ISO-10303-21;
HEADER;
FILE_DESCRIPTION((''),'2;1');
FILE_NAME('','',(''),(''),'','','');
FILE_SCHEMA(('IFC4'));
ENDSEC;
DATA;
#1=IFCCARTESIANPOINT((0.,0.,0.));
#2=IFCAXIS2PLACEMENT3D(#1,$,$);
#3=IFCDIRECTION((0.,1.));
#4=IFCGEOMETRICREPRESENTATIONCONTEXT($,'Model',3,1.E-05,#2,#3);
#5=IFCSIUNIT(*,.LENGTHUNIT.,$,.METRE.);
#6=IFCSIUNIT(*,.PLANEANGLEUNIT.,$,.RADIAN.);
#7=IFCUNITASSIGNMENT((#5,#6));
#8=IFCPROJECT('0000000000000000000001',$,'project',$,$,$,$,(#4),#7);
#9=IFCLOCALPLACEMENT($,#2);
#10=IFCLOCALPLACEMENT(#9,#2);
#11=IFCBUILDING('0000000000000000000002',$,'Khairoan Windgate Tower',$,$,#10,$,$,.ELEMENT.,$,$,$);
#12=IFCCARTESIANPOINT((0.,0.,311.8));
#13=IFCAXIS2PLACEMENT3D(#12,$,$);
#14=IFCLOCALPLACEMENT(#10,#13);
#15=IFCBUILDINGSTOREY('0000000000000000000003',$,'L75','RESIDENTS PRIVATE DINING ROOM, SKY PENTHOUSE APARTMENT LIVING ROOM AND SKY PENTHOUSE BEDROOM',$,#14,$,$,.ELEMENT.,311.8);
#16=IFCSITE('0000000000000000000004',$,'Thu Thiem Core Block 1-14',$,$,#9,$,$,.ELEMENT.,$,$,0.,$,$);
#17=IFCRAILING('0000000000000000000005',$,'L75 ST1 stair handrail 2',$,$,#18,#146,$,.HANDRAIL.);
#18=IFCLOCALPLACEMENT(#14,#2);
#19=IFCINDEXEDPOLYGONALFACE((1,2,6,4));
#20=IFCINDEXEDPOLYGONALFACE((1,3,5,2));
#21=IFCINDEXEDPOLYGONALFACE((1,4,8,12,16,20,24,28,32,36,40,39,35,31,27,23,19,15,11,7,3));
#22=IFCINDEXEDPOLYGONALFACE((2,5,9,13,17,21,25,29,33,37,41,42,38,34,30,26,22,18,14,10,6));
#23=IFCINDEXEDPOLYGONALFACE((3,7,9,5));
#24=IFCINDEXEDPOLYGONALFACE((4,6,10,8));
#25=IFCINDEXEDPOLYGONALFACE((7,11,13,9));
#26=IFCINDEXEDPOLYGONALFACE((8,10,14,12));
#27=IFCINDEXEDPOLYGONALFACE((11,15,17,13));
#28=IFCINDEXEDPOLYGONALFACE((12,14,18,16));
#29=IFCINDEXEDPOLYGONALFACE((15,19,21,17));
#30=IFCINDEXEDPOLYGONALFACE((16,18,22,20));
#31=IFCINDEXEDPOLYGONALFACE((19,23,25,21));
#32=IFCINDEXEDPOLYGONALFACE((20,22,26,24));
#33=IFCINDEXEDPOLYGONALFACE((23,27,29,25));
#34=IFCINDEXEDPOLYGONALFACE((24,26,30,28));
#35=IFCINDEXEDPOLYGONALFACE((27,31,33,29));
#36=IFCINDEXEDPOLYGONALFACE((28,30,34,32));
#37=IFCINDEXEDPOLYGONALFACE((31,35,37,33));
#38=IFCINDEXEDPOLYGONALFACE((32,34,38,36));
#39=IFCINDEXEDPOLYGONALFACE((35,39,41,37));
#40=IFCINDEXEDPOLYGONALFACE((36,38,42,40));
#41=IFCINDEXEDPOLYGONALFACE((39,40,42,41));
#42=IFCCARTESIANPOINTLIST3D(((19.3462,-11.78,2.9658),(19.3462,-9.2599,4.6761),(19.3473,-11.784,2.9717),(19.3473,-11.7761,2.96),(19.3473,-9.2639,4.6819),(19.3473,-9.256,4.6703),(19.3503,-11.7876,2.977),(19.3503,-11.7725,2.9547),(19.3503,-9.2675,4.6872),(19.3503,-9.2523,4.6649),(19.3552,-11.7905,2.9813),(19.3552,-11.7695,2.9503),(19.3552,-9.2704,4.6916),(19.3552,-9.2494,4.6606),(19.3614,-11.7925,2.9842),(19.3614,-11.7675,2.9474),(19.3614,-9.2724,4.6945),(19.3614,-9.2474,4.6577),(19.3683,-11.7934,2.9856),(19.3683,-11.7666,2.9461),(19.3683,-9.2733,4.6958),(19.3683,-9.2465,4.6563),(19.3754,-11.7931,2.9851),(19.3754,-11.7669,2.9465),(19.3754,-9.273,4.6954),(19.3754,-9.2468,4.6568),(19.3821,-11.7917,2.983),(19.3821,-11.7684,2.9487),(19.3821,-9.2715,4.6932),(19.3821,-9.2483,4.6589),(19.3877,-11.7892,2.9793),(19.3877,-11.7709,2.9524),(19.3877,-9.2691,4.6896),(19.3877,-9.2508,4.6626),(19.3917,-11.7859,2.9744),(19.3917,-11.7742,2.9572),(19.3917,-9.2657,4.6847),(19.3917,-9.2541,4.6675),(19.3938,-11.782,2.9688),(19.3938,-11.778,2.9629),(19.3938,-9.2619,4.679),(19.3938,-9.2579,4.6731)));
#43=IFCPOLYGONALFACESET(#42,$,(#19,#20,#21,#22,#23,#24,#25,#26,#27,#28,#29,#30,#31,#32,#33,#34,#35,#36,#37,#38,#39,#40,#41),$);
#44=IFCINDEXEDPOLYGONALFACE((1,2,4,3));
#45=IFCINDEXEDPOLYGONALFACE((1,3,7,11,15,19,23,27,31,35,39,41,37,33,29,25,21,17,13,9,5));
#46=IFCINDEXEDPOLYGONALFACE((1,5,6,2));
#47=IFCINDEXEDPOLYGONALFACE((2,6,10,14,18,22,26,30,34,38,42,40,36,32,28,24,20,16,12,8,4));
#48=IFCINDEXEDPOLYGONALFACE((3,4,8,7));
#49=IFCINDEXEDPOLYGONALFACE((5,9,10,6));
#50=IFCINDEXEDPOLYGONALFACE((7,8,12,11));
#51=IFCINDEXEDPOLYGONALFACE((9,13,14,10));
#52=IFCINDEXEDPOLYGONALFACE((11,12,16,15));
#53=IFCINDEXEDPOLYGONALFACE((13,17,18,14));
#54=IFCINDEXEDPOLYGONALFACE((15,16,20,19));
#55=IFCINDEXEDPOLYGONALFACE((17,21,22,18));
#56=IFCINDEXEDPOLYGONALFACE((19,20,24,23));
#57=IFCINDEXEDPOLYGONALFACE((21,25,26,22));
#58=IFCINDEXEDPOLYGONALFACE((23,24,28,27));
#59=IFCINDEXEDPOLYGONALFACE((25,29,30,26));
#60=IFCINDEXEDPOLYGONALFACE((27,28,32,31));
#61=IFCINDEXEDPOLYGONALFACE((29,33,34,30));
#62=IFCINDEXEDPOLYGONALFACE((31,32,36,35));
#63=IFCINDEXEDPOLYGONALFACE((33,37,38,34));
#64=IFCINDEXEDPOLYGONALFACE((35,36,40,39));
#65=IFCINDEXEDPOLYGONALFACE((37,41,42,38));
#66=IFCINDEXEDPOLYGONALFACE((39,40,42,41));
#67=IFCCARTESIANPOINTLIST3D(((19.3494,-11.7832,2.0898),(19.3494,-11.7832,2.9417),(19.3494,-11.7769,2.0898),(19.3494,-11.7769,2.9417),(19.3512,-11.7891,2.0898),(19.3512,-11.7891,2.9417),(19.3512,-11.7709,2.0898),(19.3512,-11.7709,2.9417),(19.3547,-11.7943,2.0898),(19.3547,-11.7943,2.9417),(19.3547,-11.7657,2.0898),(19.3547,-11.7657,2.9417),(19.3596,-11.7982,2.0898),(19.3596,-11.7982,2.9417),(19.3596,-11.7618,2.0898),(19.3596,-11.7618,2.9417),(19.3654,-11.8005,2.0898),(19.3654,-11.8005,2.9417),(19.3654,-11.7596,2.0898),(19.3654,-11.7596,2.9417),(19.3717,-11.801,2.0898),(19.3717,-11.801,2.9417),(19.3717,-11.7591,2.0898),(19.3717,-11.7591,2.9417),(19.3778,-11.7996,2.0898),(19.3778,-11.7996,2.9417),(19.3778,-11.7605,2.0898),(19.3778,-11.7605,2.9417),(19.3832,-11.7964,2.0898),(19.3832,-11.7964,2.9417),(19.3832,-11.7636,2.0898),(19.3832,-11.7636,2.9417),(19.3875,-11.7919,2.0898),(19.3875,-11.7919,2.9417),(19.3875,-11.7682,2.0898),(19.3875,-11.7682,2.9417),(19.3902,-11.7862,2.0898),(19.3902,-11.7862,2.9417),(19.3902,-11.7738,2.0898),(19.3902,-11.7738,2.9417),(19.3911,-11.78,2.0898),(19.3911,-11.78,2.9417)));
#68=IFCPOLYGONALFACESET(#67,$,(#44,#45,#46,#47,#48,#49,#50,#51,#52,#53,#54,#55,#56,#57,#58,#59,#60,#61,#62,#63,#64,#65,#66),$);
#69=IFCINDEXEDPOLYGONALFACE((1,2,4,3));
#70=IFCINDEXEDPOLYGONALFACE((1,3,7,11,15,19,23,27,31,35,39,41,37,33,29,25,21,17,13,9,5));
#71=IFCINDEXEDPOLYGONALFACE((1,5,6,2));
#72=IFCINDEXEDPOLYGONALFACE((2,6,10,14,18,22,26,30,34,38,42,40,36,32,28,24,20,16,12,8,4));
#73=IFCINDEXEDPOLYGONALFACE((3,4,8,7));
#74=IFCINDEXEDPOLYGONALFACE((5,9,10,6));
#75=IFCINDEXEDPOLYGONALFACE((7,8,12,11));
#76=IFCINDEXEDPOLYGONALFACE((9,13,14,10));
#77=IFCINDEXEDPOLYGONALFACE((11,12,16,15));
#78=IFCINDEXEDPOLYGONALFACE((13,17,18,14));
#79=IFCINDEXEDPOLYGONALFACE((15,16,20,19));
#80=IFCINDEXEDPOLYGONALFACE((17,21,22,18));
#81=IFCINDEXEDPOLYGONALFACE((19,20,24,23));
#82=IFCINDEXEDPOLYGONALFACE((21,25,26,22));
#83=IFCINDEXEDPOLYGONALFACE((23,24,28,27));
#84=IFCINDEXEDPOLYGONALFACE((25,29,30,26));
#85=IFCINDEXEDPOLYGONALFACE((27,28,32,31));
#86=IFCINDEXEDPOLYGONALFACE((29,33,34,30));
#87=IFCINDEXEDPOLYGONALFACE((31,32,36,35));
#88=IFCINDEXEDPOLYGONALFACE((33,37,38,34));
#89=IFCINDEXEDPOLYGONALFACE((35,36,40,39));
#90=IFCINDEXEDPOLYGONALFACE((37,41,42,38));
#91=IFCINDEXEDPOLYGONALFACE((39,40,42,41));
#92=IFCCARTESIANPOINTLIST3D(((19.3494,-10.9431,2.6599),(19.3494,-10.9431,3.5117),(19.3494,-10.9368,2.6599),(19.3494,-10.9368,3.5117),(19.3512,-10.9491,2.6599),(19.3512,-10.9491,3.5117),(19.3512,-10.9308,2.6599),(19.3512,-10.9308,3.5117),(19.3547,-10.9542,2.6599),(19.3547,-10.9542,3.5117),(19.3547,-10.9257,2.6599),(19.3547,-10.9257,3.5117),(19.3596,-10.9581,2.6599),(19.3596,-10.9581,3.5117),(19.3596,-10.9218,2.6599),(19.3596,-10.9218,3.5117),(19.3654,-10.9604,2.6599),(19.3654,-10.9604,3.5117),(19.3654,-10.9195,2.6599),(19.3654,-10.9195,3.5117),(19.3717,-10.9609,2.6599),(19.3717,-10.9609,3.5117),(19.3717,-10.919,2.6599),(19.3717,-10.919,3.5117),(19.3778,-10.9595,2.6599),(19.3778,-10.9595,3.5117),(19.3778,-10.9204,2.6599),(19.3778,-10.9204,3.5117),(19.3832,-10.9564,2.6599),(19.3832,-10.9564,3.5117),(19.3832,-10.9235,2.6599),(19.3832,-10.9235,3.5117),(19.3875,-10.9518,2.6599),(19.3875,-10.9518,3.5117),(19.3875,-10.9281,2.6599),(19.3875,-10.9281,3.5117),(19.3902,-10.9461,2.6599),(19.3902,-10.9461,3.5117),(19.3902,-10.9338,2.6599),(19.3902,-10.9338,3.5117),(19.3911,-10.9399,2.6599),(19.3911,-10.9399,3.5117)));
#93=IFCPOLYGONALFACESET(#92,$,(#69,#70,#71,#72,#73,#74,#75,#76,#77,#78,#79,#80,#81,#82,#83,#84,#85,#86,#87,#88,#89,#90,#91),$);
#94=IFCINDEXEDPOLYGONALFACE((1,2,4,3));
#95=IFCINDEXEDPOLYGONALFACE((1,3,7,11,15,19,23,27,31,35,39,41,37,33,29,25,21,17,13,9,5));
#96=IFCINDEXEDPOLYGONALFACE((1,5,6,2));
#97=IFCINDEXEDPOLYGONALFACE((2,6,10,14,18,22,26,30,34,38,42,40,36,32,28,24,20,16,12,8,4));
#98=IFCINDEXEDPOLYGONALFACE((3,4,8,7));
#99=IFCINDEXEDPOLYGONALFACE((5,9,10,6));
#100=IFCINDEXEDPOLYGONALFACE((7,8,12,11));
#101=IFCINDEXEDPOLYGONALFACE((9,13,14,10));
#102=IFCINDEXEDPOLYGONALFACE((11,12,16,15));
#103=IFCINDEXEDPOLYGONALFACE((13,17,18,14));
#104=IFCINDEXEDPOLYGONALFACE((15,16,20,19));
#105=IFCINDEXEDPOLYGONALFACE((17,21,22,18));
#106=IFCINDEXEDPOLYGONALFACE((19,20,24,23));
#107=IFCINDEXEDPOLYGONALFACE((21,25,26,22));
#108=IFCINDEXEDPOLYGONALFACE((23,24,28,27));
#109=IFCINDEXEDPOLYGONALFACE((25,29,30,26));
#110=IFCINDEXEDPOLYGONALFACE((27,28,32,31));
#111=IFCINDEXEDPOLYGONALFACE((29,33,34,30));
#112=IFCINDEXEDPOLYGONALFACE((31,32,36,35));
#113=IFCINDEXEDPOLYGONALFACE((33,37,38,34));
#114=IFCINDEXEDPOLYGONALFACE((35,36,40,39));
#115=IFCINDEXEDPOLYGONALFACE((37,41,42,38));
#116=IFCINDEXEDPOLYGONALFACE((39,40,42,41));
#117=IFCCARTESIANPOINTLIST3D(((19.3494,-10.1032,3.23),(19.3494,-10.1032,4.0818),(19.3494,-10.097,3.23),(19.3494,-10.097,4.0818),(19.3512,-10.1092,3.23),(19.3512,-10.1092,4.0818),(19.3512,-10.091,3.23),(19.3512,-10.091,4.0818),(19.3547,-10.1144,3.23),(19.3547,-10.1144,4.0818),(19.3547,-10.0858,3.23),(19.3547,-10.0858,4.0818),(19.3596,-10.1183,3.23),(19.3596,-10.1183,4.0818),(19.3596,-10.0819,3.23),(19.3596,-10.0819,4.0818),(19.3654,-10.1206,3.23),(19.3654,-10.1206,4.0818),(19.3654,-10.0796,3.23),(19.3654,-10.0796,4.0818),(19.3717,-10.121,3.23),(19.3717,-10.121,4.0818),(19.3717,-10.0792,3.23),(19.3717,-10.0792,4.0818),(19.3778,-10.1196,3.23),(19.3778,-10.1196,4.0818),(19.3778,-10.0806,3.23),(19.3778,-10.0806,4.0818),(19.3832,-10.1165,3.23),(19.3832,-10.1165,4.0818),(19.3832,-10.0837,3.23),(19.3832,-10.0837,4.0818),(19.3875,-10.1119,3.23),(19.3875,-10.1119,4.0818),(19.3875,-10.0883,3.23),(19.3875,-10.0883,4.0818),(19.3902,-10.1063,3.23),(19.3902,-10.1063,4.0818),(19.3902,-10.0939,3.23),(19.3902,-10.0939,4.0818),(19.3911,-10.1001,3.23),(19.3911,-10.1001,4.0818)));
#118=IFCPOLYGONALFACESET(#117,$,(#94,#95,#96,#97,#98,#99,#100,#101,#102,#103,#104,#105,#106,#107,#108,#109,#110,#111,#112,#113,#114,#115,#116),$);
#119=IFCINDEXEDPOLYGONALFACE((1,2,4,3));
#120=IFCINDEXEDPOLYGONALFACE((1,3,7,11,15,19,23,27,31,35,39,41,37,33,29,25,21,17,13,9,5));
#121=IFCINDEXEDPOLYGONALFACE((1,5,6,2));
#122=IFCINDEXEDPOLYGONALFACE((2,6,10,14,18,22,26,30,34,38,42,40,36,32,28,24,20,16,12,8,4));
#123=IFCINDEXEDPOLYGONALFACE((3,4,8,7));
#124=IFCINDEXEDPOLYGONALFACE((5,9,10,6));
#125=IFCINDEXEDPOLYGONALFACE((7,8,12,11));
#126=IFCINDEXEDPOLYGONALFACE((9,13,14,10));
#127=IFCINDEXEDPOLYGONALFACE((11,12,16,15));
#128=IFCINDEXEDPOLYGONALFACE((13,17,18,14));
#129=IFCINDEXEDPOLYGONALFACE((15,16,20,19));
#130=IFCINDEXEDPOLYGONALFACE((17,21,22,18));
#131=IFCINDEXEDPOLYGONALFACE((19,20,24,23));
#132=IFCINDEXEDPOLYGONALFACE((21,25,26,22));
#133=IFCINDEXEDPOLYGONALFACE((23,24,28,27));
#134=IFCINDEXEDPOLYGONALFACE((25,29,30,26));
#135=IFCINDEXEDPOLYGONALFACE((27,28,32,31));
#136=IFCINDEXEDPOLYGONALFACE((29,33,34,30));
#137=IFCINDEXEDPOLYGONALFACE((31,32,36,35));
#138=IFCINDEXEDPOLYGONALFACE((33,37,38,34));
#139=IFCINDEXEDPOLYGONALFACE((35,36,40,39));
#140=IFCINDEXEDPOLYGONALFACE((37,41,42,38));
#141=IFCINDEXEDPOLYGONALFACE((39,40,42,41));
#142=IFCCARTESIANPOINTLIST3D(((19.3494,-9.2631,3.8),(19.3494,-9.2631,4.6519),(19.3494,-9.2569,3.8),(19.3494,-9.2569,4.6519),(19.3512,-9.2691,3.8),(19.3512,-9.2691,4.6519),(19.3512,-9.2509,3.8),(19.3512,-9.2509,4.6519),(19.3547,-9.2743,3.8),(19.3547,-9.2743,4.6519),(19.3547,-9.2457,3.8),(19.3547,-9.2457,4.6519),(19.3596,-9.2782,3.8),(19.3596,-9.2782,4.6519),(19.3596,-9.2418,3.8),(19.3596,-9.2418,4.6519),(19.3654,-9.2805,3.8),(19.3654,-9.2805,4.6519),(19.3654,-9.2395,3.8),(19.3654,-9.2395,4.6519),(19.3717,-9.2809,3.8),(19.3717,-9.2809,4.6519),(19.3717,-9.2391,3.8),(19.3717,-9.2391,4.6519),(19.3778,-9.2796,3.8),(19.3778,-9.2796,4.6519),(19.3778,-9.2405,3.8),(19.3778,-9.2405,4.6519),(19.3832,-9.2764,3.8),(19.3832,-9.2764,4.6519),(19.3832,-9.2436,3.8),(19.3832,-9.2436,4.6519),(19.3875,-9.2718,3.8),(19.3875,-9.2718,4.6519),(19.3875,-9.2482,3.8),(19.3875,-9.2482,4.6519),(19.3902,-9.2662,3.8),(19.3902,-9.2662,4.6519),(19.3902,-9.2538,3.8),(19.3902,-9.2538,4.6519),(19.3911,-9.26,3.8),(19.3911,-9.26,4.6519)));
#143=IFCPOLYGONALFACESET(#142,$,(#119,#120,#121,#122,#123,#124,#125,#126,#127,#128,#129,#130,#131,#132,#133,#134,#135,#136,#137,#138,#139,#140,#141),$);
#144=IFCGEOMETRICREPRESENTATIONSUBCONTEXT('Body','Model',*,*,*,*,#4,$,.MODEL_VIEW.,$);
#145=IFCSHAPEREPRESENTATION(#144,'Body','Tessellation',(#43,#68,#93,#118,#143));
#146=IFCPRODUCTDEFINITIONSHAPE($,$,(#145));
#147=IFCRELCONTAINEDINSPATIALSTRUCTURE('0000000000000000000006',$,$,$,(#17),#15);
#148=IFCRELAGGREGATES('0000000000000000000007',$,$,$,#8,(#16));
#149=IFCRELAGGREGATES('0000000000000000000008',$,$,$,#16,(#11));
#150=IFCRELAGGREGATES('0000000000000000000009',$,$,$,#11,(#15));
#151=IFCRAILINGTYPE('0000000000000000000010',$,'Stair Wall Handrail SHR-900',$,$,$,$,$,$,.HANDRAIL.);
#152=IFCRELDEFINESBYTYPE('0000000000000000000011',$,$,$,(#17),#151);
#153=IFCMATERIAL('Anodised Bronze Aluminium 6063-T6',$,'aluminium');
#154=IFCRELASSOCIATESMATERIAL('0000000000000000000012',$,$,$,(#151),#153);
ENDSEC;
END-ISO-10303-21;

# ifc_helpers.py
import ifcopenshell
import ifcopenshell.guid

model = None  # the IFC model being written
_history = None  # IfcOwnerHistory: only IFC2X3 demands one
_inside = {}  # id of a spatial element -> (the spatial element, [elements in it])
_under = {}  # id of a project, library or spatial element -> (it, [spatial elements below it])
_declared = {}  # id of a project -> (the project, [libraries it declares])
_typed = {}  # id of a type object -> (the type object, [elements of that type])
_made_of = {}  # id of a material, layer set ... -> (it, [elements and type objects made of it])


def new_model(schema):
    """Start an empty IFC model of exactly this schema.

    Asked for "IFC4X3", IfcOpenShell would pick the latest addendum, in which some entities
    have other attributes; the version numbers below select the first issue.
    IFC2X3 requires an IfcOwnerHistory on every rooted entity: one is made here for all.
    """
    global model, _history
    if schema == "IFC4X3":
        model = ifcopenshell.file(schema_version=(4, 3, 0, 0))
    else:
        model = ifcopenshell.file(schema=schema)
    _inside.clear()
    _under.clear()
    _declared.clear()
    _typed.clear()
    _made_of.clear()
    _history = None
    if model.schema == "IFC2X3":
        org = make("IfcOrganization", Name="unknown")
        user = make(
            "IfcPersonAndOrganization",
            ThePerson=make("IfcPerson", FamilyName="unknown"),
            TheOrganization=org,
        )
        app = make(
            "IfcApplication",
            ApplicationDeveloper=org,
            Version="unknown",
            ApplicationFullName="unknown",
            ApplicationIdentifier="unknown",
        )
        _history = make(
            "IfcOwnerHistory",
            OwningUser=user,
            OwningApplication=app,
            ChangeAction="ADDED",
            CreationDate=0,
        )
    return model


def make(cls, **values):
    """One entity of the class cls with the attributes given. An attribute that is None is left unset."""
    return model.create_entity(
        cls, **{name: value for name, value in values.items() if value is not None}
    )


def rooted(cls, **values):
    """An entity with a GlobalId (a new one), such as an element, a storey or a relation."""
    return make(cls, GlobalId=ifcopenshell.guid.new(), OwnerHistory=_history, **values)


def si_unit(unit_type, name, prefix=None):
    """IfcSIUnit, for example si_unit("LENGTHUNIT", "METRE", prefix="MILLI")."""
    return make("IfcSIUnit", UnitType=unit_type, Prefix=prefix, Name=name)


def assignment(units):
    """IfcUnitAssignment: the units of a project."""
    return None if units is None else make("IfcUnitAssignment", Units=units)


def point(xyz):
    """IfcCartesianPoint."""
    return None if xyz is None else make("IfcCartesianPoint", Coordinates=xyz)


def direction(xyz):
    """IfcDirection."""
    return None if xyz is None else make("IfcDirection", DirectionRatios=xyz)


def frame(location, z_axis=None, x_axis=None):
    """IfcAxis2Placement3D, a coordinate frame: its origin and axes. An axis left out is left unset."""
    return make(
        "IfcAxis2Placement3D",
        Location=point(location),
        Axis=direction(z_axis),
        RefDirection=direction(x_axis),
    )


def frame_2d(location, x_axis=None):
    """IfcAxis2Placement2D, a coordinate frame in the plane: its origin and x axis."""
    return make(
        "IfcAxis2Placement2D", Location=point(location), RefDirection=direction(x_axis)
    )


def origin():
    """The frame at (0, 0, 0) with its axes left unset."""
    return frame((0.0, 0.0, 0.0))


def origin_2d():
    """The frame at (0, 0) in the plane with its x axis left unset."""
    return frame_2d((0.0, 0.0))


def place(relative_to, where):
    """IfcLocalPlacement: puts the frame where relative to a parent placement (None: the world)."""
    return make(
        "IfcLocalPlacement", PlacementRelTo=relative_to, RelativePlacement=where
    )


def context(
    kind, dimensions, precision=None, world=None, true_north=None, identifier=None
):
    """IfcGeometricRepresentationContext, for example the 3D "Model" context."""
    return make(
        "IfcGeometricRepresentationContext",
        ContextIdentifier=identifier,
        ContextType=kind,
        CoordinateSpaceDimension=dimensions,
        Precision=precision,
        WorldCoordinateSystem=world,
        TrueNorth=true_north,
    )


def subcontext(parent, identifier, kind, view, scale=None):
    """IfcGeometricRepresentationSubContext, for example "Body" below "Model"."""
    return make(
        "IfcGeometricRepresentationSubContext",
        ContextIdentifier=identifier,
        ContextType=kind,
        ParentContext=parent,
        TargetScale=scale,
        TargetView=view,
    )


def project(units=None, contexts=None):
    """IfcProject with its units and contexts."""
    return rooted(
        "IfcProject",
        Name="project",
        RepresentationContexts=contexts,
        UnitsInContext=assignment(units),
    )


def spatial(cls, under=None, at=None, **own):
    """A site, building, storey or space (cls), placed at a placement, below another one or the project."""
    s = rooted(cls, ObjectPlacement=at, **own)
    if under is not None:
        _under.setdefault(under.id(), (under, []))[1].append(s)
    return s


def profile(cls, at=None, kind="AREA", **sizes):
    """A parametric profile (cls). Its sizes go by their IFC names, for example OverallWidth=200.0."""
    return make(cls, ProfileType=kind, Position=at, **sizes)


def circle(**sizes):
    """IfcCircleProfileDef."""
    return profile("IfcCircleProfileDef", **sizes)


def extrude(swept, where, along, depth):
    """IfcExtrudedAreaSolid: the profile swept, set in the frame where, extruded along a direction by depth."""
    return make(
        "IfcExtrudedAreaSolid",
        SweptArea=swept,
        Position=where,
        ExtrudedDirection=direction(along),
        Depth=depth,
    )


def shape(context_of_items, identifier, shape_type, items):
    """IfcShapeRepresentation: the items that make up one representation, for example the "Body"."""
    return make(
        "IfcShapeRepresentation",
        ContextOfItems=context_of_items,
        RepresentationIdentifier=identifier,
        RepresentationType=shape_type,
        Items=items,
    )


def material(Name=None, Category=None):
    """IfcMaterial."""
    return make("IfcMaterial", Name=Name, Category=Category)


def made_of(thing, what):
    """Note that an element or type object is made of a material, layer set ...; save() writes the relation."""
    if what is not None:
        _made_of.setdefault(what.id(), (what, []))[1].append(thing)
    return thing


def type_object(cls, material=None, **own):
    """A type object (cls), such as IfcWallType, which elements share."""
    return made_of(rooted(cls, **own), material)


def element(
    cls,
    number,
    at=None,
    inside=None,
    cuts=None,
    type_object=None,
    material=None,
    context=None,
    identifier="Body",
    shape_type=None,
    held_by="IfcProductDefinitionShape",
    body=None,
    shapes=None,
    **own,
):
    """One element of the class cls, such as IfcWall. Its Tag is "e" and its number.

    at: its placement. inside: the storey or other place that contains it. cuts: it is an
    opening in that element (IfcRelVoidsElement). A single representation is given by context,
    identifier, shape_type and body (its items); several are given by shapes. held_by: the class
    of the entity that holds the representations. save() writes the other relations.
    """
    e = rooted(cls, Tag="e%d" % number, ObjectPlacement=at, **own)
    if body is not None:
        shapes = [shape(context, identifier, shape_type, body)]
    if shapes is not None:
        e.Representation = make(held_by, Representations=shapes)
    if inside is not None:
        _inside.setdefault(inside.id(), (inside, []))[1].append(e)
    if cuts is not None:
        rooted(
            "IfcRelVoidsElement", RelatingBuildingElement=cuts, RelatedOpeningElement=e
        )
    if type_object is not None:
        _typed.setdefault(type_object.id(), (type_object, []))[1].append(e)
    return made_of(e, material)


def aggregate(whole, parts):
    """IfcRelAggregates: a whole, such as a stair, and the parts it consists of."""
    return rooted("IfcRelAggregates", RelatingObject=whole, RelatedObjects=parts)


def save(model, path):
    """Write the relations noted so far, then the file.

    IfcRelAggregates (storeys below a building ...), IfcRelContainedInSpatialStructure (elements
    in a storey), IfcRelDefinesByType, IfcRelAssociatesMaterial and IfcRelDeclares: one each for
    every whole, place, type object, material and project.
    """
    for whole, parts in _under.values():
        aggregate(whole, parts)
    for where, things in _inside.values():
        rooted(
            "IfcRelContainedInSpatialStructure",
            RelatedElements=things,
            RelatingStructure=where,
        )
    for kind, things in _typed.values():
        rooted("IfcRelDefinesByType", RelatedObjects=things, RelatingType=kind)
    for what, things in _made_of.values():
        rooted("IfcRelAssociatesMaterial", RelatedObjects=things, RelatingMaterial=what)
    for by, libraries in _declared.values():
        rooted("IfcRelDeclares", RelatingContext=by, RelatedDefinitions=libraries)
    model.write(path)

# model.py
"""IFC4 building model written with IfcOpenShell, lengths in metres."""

from ifc_helpers import new_model, si_unit, direction, frame, origin, origin_2d, place, context, subcontext, project, spatial, circle, extrude, material, type_object, element, save


model = new_model("IFC4")

# Units and contexts
model_context = context("Model", 3, precision=1e-05, world=origin(), true_north=direction((0.0, 1.0)))
body_context = subcontext(model_context, "Body", "Model", "MODEL_VIEW")
ifc_project = project(units=[si_unit("LENGTHUNIT", "METRE"), si_unit("PLANEANGLEUNIT", "RADIAN")], contexts=[model_context])

# Site, building, storey
site_placement = place(None, origin())
site = spatial("IfcSite", under=ifc_project, at=site_placement, Name="Thu Thiem Core Block 1-14", CompositionType="ELEMENT", RefElevation=0.0)
building_placement = place(site_placement, origin())
building = spatial("IfcBuilding", under=site, at=building_placement, Name="Khairoan Windgate Tower", CompositionType="ELEMENT")
storey_placement = place(building_placement, frame((0.0, 0.0, 311.8)))
storey = spatial("IfcBuildingStorey", under=building, at=storey_placement, Name="L75", Description="RESIDENTS PRIVATE DINING ROOM, SKY PENTHOUSE APARTMENT LIVING ROOM AND SKY PENTHOUSE BEDROOM", CompositionType="ELEMENT", Elevation=311.8)

# Railing
ifc_material_1 = material(Name="Anodised Bronze Aluminium 6063-T6", Category="aluminium")
railing_type_1 = type_object("IfcRailingType", Name="Stair Wall Handrail SHR-900", PredefinedType="HANDRAIL", material=ifc_material_1)
railing_1_placement = place(storey_placement, frame((19.3701, -11.78, 2.0898)))
element("IfcRailing", 1, at=railing_1_placement, inside=storey, type_object=railing_type_1, Name="L75 ST1 stair handrail 2", PredefinedType="HANDRAIL", context=body_context, shape_type="SweptSolid", body=[
    extrude(circle(Radius=0.0239, at=origin_2d()), frame((0.0, 0.0, 0.876), z_axis=(0.0, 0.827447, 0.561545), x_axis=(-1.0, 0.0, 0.0)), (0.0, 0.0, 1.0), 3.0457),
    extrude(circle(Radius=0.021, at=origin_2d()), origin(), (0.0, 0.0, 1.0), 0.8518),
    extrude(circle(Radius=0.021, at=origin_2d()), frame((0.0, 0.8401, 0.5701)), (0.0, 0.0, 1.0), 0.8518),
    extrude(circle(Radius=0.021, at=origin_2d()), frame((0.0, 1.6799, 1.1401)), (0.0, 0.0, 1.0), 0.8518),
    extrude(circle(Radius=0.021, at=origin_2d()), frame((0.0, 2.52, 1.7102)), (0.0, 0.0, 1.0), 0.8518),
])

save(model, "model.ifc")
